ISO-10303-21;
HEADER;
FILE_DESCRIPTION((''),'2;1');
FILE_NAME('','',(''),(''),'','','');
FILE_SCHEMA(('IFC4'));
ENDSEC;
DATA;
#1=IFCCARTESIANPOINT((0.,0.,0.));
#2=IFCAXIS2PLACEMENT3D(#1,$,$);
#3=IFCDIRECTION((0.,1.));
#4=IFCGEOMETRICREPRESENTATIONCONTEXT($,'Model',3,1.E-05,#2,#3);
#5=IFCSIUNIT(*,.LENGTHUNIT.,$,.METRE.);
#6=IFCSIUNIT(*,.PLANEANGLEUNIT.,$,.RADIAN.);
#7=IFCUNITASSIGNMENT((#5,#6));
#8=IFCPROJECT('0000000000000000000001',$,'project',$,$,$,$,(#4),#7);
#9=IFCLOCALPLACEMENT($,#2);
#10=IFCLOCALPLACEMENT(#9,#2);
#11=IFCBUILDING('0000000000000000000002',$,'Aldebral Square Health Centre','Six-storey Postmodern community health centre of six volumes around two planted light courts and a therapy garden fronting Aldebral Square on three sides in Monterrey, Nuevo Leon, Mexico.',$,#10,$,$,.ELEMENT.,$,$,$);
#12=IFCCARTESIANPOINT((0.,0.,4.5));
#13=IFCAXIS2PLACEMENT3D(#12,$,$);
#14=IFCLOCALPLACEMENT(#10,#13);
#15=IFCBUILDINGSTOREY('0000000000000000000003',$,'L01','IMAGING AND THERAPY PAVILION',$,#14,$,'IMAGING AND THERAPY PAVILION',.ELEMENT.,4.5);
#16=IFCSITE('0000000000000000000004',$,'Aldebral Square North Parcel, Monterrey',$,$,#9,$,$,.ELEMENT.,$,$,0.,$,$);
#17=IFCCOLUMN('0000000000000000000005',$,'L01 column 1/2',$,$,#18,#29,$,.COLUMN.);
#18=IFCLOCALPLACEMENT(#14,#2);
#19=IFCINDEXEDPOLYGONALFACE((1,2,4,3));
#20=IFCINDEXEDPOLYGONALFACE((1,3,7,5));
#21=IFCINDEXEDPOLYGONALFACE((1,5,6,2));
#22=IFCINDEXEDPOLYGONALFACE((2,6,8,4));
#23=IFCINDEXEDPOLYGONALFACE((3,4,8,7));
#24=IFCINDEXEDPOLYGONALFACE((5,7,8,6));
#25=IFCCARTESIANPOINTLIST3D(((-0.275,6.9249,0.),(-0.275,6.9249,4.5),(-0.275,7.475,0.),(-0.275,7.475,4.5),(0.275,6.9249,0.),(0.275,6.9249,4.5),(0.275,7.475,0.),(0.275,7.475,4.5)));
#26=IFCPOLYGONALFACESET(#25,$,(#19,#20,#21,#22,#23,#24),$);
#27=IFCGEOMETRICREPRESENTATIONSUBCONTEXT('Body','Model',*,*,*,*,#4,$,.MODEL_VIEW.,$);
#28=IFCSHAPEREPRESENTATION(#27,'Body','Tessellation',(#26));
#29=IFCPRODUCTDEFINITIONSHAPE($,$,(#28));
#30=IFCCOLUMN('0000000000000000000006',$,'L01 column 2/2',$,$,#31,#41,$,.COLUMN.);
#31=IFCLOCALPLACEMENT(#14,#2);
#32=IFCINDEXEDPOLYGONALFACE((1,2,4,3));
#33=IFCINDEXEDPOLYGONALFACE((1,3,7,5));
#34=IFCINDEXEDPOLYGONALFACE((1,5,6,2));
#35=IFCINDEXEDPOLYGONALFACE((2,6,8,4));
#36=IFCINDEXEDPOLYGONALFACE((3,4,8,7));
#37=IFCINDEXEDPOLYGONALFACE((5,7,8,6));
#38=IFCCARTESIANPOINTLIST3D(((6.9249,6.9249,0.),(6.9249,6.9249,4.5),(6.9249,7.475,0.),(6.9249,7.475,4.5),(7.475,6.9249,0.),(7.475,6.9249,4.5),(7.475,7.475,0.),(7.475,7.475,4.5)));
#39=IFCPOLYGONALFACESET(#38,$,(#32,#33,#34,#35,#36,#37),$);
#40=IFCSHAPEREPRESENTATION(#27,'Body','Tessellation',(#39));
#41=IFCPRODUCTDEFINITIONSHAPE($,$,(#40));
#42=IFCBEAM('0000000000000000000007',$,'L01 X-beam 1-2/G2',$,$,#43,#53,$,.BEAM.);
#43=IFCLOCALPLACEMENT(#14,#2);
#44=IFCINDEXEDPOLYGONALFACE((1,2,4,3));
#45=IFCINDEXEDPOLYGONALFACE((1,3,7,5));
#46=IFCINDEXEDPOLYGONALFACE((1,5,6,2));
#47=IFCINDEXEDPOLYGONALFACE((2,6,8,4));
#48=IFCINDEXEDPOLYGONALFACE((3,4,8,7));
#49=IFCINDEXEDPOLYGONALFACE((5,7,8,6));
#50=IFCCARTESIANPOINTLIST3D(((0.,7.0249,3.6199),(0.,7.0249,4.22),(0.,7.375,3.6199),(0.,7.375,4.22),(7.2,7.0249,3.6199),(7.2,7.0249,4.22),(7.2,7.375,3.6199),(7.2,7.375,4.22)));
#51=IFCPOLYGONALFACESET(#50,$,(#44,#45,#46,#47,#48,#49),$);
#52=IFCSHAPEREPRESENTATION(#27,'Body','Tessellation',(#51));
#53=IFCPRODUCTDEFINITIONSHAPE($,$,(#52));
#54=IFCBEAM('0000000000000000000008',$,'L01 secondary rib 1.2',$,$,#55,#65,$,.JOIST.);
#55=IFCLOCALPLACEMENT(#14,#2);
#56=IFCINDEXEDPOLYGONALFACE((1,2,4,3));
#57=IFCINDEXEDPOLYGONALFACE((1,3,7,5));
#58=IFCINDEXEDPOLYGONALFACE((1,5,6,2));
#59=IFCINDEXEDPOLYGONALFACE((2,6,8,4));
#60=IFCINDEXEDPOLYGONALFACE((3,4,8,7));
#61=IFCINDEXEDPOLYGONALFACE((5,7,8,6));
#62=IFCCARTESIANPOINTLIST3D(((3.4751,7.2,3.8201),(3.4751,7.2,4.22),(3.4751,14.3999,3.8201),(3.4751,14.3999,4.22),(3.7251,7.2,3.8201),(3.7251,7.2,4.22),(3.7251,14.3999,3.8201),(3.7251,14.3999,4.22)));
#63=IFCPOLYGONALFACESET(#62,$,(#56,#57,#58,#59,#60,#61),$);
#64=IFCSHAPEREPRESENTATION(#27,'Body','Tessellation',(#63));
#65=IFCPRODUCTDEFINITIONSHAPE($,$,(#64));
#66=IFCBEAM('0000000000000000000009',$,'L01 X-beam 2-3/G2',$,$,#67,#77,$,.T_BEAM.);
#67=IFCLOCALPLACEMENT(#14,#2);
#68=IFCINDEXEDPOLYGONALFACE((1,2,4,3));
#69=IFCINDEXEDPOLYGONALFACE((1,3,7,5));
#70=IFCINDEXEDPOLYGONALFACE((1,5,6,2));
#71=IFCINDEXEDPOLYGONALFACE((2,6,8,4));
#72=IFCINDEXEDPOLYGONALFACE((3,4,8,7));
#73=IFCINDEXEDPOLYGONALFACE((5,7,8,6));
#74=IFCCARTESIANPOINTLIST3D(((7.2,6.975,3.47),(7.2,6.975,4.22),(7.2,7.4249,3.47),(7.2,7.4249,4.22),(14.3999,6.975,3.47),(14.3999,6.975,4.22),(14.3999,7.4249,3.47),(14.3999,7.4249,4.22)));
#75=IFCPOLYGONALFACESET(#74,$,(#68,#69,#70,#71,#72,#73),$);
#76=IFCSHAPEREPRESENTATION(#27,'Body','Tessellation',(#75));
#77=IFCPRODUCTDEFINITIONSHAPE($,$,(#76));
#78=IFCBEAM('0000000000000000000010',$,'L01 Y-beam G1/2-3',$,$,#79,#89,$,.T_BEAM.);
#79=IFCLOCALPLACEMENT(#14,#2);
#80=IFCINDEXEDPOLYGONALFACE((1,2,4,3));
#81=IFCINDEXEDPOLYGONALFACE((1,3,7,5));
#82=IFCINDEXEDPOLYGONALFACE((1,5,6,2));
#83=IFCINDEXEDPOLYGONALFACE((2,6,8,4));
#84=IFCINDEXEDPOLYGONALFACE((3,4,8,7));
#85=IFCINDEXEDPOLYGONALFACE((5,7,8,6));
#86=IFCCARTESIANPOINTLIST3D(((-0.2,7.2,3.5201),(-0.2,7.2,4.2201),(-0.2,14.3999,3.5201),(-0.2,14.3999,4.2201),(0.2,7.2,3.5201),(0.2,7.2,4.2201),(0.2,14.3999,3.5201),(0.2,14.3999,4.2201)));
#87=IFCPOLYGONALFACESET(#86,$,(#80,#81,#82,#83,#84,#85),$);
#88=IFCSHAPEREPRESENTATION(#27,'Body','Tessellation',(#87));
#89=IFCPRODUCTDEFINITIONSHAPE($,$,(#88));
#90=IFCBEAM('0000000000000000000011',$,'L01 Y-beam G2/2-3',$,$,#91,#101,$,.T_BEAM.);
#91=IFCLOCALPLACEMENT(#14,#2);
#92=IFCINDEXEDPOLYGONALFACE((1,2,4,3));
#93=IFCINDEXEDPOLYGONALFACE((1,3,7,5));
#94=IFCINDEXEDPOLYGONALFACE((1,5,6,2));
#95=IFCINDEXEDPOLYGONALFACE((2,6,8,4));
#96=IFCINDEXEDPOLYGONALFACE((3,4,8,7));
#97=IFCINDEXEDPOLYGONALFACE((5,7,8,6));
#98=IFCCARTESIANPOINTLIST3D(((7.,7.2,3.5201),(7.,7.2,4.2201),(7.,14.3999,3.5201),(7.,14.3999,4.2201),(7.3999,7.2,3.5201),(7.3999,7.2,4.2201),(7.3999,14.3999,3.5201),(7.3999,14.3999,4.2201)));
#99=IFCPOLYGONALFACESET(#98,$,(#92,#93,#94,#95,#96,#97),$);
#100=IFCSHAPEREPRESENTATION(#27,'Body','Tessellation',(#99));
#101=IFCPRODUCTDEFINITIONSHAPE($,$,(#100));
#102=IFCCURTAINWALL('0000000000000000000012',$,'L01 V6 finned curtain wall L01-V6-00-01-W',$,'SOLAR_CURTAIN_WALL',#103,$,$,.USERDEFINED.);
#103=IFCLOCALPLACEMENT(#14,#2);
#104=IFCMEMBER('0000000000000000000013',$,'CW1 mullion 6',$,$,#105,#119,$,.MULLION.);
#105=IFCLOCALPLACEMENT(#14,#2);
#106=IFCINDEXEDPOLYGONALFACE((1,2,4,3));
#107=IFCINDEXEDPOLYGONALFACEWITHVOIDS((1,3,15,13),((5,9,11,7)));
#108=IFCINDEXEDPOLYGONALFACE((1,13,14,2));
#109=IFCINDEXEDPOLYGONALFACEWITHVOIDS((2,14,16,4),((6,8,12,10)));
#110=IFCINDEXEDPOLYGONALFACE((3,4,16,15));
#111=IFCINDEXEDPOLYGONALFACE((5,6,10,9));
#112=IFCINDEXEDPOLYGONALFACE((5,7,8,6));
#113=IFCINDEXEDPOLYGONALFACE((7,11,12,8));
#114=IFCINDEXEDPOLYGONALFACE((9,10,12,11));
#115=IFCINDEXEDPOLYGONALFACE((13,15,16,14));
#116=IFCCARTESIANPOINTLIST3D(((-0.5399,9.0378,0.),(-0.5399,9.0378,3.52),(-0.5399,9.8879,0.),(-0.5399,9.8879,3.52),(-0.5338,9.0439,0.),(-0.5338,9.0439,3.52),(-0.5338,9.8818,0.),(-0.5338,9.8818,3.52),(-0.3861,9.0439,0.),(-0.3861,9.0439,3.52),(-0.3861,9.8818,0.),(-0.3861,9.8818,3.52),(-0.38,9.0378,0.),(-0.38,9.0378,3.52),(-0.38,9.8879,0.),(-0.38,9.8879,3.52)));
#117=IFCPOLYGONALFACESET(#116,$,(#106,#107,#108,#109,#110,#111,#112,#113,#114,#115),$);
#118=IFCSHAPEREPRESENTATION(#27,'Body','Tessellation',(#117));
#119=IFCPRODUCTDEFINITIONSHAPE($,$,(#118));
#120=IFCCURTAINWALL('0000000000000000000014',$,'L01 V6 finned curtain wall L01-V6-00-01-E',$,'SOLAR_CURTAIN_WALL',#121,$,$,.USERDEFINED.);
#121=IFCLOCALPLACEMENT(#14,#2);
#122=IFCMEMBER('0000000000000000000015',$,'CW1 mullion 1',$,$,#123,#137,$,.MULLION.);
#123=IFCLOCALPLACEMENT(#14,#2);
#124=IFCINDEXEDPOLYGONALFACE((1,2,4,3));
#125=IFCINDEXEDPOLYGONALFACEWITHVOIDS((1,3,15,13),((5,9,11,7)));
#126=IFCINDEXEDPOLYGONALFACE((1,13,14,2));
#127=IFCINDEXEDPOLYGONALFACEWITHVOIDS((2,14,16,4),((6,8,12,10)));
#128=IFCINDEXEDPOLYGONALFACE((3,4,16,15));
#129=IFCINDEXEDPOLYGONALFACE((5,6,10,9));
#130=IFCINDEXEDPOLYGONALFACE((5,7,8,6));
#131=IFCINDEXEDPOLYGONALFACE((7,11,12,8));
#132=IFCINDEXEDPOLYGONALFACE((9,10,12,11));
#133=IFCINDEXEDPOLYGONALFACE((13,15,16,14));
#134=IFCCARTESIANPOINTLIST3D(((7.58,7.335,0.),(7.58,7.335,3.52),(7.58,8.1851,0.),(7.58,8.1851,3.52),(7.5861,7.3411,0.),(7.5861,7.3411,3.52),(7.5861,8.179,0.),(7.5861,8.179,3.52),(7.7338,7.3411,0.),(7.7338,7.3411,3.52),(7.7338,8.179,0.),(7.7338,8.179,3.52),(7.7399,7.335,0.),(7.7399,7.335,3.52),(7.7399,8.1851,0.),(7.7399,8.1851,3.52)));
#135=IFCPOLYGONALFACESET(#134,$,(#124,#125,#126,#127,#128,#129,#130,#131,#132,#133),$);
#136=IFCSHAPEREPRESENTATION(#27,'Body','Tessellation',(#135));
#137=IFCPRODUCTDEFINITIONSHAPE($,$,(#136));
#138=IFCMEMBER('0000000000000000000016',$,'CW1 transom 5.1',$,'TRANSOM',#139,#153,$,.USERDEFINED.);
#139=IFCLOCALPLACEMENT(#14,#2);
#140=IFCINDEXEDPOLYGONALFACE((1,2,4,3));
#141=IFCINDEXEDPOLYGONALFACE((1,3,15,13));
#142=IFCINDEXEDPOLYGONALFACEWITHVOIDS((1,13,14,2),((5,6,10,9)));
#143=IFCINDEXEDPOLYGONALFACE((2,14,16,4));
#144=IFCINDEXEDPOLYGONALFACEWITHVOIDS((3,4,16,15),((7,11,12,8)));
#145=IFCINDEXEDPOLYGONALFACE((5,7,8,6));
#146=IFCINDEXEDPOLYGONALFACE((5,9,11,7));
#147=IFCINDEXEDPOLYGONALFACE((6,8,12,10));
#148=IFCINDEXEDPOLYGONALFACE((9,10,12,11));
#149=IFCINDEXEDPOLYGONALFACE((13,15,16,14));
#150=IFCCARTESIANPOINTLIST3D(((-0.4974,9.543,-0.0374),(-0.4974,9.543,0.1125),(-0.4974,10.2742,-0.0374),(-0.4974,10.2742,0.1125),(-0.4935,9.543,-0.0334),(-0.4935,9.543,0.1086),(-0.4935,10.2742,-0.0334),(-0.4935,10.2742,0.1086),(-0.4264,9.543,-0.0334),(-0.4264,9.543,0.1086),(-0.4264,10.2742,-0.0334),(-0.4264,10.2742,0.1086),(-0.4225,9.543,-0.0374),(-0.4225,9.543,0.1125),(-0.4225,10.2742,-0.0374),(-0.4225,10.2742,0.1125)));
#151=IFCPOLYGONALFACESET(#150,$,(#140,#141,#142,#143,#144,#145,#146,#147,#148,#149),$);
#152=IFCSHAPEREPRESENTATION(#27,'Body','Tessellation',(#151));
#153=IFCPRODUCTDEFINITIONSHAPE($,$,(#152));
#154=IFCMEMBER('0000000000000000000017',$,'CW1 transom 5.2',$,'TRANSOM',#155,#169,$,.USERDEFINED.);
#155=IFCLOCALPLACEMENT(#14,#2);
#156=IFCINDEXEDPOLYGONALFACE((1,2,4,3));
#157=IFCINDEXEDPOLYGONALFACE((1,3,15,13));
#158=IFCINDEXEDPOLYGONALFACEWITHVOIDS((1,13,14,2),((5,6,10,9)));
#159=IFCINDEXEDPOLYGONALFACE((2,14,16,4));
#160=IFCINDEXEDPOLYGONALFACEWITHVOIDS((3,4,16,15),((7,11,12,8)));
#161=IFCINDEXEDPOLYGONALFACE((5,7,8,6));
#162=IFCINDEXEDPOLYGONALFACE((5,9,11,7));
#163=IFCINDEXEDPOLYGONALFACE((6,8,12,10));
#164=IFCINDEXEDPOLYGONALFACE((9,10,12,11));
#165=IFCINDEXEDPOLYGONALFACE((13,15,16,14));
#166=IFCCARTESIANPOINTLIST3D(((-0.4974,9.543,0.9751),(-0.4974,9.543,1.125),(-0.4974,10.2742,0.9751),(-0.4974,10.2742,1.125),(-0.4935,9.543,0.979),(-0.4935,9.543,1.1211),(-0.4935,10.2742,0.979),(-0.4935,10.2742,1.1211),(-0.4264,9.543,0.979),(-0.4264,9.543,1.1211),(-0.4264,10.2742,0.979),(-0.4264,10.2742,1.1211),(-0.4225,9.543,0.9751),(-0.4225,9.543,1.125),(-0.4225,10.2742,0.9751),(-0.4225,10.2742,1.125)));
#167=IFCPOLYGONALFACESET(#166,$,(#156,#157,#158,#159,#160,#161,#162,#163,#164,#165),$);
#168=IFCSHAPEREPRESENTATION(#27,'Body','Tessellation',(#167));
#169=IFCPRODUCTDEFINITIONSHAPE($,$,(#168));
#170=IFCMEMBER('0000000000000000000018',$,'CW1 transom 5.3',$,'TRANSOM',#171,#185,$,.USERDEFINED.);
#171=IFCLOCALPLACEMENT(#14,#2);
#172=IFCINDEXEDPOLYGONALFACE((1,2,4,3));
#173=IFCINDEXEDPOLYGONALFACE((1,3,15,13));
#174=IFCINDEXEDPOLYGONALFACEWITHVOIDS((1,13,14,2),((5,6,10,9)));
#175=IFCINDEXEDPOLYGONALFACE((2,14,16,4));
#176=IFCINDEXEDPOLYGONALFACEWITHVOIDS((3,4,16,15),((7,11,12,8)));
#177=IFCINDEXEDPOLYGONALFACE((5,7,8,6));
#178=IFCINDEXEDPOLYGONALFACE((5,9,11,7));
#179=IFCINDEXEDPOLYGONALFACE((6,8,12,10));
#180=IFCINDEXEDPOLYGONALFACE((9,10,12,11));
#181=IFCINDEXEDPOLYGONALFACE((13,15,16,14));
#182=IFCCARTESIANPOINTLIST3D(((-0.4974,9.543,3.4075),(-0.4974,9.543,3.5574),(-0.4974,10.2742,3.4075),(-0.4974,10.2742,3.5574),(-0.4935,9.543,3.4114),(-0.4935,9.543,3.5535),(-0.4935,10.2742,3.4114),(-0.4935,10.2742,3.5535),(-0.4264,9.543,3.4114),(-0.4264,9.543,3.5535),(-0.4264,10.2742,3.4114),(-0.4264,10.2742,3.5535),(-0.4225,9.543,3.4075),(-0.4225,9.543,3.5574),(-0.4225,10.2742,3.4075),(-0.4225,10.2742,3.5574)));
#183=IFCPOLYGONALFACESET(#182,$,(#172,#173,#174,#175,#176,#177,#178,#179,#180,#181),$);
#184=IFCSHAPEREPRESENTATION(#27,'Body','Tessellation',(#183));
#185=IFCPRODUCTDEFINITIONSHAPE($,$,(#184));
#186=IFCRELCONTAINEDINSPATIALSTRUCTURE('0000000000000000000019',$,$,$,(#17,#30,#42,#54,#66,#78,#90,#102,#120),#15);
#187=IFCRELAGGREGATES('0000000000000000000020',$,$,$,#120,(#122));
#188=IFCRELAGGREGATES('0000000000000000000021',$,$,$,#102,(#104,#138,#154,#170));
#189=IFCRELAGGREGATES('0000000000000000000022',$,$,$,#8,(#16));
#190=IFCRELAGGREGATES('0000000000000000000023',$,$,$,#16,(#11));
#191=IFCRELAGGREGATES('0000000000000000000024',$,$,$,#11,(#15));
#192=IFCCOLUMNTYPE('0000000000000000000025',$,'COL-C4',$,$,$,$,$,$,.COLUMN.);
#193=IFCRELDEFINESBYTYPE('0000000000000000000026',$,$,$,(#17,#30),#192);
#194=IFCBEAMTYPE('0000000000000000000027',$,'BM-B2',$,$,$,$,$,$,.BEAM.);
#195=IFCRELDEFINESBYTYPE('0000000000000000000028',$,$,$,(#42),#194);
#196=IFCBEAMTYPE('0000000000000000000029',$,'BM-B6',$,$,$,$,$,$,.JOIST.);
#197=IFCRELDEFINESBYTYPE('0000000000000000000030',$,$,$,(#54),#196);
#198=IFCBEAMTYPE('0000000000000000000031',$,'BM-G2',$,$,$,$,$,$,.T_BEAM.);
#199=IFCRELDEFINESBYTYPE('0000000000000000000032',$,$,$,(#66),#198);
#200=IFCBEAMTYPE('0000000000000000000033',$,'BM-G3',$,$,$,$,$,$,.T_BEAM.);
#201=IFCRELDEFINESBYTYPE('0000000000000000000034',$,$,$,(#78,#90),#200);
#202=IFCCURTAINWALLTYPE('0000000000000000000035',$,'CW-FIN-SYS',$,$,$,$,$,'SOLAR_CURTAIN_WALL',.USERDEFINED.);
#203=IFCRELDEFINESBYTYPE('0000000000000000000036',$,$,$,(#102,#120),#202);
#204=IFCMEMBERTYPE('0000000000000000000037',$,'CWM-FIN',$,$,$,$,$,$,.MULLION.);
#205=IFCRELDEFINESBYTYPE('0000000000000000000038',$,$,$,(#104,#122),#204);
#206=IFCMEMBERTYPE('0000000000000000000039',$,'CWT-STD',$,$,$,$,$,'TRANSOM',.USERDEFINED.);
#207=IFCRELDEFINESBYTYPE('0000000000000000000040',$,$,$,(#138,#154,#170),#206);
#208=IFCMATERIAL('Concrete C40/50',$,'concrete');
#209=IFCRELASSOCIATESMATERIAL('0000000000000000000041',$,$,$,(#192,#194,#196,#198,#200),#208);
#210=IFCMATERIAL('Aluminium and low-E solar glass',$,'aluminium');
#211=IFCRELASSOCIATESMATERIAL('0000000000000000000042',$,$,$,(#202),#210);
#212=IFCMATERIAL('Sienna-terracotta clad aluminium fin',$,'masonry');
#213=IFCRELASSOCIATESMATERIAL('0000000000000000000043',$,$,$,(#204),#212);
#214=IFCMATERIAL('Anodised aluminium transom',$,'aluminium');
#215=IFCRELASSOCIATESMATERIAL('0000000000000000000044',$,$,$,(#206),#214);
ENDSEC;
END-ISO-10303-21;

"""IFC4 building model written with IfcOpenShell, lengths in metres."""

from ifc_helpers import new_model, si_unit, direction, frame, origin, origin_2d, place, context, subcontext, project, spatial, rectangle, hollow_rectangle, extrude, material, material_profile, profile_set, type_object, element, aggregate, save


model = new_model("IFC4")

# Units and contexts
model_context = context("Model", 3, precision=1e-05, world=origin(), true_north=direction((0.0, 1.0)))
body_context = subcontext(model_context, "Body", "Model", "MODEL_VIEW")
ifc_project = project(units=[si_unit("LENGTHUNIT", "METRE"), si_unit("PLANEANGLEUNIT", "RADIAN")], contexts=[model_context])

# Site, building, storey
site_placement = place(None, origin())
site = spatial("IfcSite", under=ifc_project, at=site_placement, Name="Aldebral Square North Parcel, Monterrey", CompositionType="ELEMENT", RefElevation=0.0)
building_placement = place(site_placement, origin())
building = spatial("IfcBuilding", under=site, at=building_placement, Name="Aldebral Square Health Centre", Description="Six-storey Postmodern community health centre of six volumes around two planted light courts and a therapy garden fronting Aldebral Square on three sides in Monterrey, Nuevo Leon, Mexico.", CompositionType="ELEMENT")
storey_placement = place(building_placement, frame((0.0, 0.0, 4.5)))
storey = spatial("IfcBuildingStorey", under=building, at=storey_placement, Name="L01", Description="IMAGING AND THERAPY PAVILION", LongName="IMAGING AND THERAPY PAVILION", CompositionType="ELEMENT", Elevation=4.5)

# Columns
ifc_material_1 = material(Name="Concrete C40/50", Category="concrete")
ifc_material_profile_1 = material_profile(ifc_material_1, rectangle(XDim=0.55, YDim=0.55, at=origin_2d()), Name="RC 550x550")
ifc_profile_set_1 = profile_set([ifc_material_profile_1], Name="Concrete C40/50")
column_type = type_object("IfcColumnType", Name="COL-C4", PredefinedType="COLUMN", material=ifc_profile_set_1)
for number, where, z_axis, x_axis, name in (
    (1, (0.0, 7.2, 0.0), (0.0, 0.0, 1.0), (1.0, 0.0, 0.0), "L01 column 1/2"),
    (2, (7.2, 7.2, 0.0), (0.0, 0.0, 1.0), (1.0, 0.0, 0.0), "L01 column 2/2"),
):
    element("IfcColumn", number, at=place(storey_placement, frame(where, z_axis=z_axis, x_axis=x_axis)), inside=storey, type_object=column_type, Name=name, PredefinedType="COLUMN", context=body_context, shape_type="SweptSolid", body=[
        extrude(rectangle(XDim=0.55, YDim=0.55, at=origin_2d()), origin(), (0.0, 0.0, 1.0), 4.5),
    ])

# Beams
ifc_material_profile_2 = material_profile(ifc_material_1, rectangle(XDim=0.3501, YDim=0.6001, at=origin_2d()), Name="RC 350x600")
ifc_profile_set_2 = profile_set([ifc_material_profile_2], Name="Concrete C40/50")
beam_type_1 = type_object("IfcBeamType", Name="BM-B2", PredefinedType="BEAM", material=ifc_profile_set_2)
beam_1_placement = place(storey_placement, frame((0.0, 7.2, 3.9199), z_axis=(1.0, 0.0, 0.0), x_axis=(0.0, 1.0, 0.0)))
element("IfcBeam", 3, at=beam_1_placement, inside=storey, type_object=beam_type_1, Name="L01 X-beam 1-2/G2", PredefinedType="BEAM", context=body_context, shape_type="SweptSolid", body=[
    extrude(rectangle(XDim=0.3501, YDim=0.6001, at=origin_2d()), origin(), (0.0, 0.0, 1.0), 7.2),
])
ifc_material_profile_3 = material_profile(ifc_material_1, rectangle(XDim=0.25, YDim=0.3999, at=origin_2d()), Name="RC 250x400")
ifc_profile_set_3 = profile_set([ifc_material_profile_3], Name="Concrete C40/50")
beam_type_2 = type_object("IfcBeamType", Name="BM-B6", PredefinedType="JOIST", material=ifc_profile_set_3)
beam_2_placement = place(storey_placement, frame((3.6001, 7.2, 4.02), z_axis=(0.0, 1.0, 0.0), x_axis=(-1.0, 0.0, 0.0)))
element("IfcBeam", 4, at=beam_2_placement, inside=storey, type_object=beam_type_2, Name="L01 secondary rib 1.2", PredefinedType="JOIST", context=body_context, shape_type="SweptSolid", body=[
    extrude(rectangle(XDim=0.25, YDim=0.3999, at=origin_2d()), origin(), (0.0, 0.0, 1.0), 7.2),
])
ifc_material_profile_4 = material_profile(ifc_material_1, rectangle(XDim=0.45, YDim=0.75, at=origin_2d()), Name="RC 450x750")
ifc_profile_set_4 = profile_set([ifc_material_profile_4], Name="Concrete C40/50")
beam_type_3 = type_object("IfcBeamType", Name="BM-G2", PredefinedType="T_BEAM", material=ifc_profile_set_4)
beam_3_placement = place(storey_placement, frame((7.2, 7.2, 3.845), z_axis=(1.0, 0.0, 0.0), x_axis=(0.0, 1.0, 0.0)))
element("IfcBeam", 5, at=beam_3_placement, inside=storey, type_object=beam_type_3, Name="L01 X-beam 2-3/G2", PredefinedType="T_BEAM", context=body_context, shape_type="SweptSolid", body=[
    extrude(rectangle(XDim=0.45, YDim=0.75, at=origin_2d()), origin(), (0.0, 0.0, 1.0), 7.2),
])
ifc_material_profile_5 = material_profile(ifc_material_1, rectangle(XDim=0.3999, YDim=0.7, at=origin_2d()), Name="RC 400x700")
ifc_profile_set_5 = profile_set([ifc_material_profile_5], Name="Concrete C40/50")
beam_type_4 = type_object("IfcBeamType", Name="BM-G3", PredefinedType="T_BEAM", material=ifc_profile_set_5)
for number, where, z_axis, x_axis, name in (
    (6, (0.0, 7.2, 3.8701), (0.0, 1.0, 0.0), (-1.0, 0.0, 0.0), "L01 Y-beam G1/2-3"),
    (7, (7.2, 7.2, 3.8701), (0.0, 1.0, 0.0), (-1.0, 0.0, 0.0), "L01 Y-beam G2/2-3"),
):
    element("IfcBeam", number, at=place(storey_placement, frame(where, z_axis=z_axis, x_axis=x_axis)), inside=storey, type_object=beam_type_4, Name=name, PredefinedType="T_BEAM", context=body_context, shape_type="SweptSolid", body=[
        extrude(rectangle(XDim=0.3999, YDim=0.7, at=origin_2d()), origin(), (0.0, 0.0, 1.0), 7.2),
    ])

# Curtain walls, members
ifc_material_2 = material(Name="Aluminium and low-E solar glass", Category="aluminium")
curtain_wall_type = type_object("IfcCurtainWallType", Name="CW-FIN-SYS", ElementType="SOLAR_CURTAIN_WALL", PredefinedType="USERDEFINED", material=ifc_material_2)
curtain_wall_1_placement = place(storey_placement, origin())
curtain_wall_1 = element("IfcCurtainWall", 8, at=curtain_wall_1_placement, inside=storey, type_object=curtain_wall_type, Name="L01 V6 finned curtain wall L01-V6-00-01-W", ObjectType="SOLAR_CURTAIN_WALL", PredefinedType="USERDEFINED")
ifc_material_3 = material(Name="Sienna-terracotta clad aluminium fin", Category="masonry")
ifc_material_profile_6 = material_profile(ifc_material_3, hollow_rectangle(XDim=0.1599, YDim=0.8501, WallThickness=0.0061, at=origin_2d()), Name="FIN 160x850x6")
ifc_profile_set_6 = profile_set([ifc_material_profile_6], Name="Sienna-terracotta clad aluminium fin")
member_type_1 = type_object("IfcMemberType", Name="CWM-FIN", PredefinedType="MULLION", material=ifc_profile_set_6)
member_1_placement = place(storey_placement, frame((-0.46, 9.4629, 0.0), z_axis=(0.0, 0.0, 1.0), x_axis=(1.0, 0.0, 0.0)))
member_1 = element("IfcMember", 9, at=member_1_placement, type_object=member_type_1, Name="CW1 mullion 6", PredefinedType="MULLION", context=body_context, shape_type="SweptSolid", body=[
    extrude(hollow_rectangle(XDim=0.1599, YDim=0.8501, WallThickness=0.0061, at=origin_2d()), origin(), (0.0, 0.0, 1.0), 3.52),
])
curtain_wall_2_placement = place(storey_placement, origin())
curtain_wall_2 = element("IfcCurtainWall", 10, at=curtain_wall_2_placement, inside=storey, type_object=curtain_wall_type, Name="L01 V6 finned curtain wall L01-V6-00-01-E", ObjectType="SOLAR_CURTAIN_WALL", PredefinedType="USERDEFINED")
member_2_placement = place(storey_placement, frame((7.6599, 7.76, 0.0), z_axis=(0.0, 0.0, 1.0), x_axis=(-1.0, 0.0, 0.0)))
member_2 = element("IfcMember", 11, at=member_2_placement, type_object=member_type_1, Name="CW1 mullion 1", PredefinedType="MULLION", context=body_context, shape_type="SweptSolid", body=[
    extrude(hollow_rectangle(XDim=0.1599, YDim=0.8501, WallThickness=0.0061, at=origin_2d()), origin(), (0.0, 0.0, 1.0), 3.52),
])
aggregate(curtain_wall_2, [member_2])

# Members
ifc_material_4 = material(Name="Anodised aluminium transom", Category="aluminium")
ifc_material_profile_7 = material_profile(ifc_material_4, hollow_rectangle(XDim=0.075, YDim=0.1499, WallThickness=0.0039, at=origin_2d()), Name="CWT 75x150x4")
ifc_profile_set_7 = profile_set([ifc_material_profile_7], Name="Anodised aluminium transom")
member_type_2 = type_object("IfcMemberType", Name="CWT-STD", ElementType="TRANSOM", PredefinedType="USERDEFINED", material=ifc_profile_set_7)
member_3_placement = place(storey_placement, frame((-0.46, 10.2742, 0.0376), z_axis=(0.0, -1.0, 0.0), x_axis=(1.0, 0.0, 0.0)))
member_3 = element("IfcMember", 12, at=member_3_placement, type_object=member_type_2, Name="CW1 transom 5.1", ObjectType="TRANSOM", PredefinedType="USERDEFINED", context=body_context, shape_type="SweptSolid", body=[
    extrude(hollow_rectangle(XDim=0.075, YDim=0.1499, WallThickness=0.0039, at=origin_2d()), origin(), (0.0, 0.0, 1.0), 0.7312),
])
member_4_placement = place(storey_placement, frame((-0.46, 10.2742, 1.05), z_axis=(0.0, -1.0, 0.0), x_axis=(1.0, 0.0, 0.0)))
member_4 = element("IfcMember", 13, at=member_4_placement, type_object=member_type_2, Name="CW1 transom 5.2", ObjectType="TRANSOM", PredefinedType="USERDEFINED", context=body_context, shape_type="SweptSolid", body=[
    extrude(hollow_rectangle(XDim=0.075, YDim=0.1499, WallThickness=0.0039, at=origin_2d()), origin(), (0.0, 0.0, 1.0), 0.7312),
])
member_5_placement = place(storey_placement, frame((-0.46, 10.2742, 3.4824), z_axis=(0.0, -1.0, 0.0), x_axis=(1.0, 0.0, 0.0)))
member_5 = element("IfcMember", 14, at=member_5_placement, type_object=member_type_2, Name="CW1 transom 5.3", ObjectType="TRANSOM", PredefinedType="USERDEFINED", context=body_context, shape_type="SweptSolid", body=[
    extrude(hollow_rectangle(XDim=0.075, YDim=0.1499, WallThickness=0.0039, at=origin_2d()), origin(), (0.0, 0.0, 1.0), 0.7312),
])

aggregate(curtain_wall_1, [member_1, member_3, member_4, member_5])

save(model, "model.ifc")
